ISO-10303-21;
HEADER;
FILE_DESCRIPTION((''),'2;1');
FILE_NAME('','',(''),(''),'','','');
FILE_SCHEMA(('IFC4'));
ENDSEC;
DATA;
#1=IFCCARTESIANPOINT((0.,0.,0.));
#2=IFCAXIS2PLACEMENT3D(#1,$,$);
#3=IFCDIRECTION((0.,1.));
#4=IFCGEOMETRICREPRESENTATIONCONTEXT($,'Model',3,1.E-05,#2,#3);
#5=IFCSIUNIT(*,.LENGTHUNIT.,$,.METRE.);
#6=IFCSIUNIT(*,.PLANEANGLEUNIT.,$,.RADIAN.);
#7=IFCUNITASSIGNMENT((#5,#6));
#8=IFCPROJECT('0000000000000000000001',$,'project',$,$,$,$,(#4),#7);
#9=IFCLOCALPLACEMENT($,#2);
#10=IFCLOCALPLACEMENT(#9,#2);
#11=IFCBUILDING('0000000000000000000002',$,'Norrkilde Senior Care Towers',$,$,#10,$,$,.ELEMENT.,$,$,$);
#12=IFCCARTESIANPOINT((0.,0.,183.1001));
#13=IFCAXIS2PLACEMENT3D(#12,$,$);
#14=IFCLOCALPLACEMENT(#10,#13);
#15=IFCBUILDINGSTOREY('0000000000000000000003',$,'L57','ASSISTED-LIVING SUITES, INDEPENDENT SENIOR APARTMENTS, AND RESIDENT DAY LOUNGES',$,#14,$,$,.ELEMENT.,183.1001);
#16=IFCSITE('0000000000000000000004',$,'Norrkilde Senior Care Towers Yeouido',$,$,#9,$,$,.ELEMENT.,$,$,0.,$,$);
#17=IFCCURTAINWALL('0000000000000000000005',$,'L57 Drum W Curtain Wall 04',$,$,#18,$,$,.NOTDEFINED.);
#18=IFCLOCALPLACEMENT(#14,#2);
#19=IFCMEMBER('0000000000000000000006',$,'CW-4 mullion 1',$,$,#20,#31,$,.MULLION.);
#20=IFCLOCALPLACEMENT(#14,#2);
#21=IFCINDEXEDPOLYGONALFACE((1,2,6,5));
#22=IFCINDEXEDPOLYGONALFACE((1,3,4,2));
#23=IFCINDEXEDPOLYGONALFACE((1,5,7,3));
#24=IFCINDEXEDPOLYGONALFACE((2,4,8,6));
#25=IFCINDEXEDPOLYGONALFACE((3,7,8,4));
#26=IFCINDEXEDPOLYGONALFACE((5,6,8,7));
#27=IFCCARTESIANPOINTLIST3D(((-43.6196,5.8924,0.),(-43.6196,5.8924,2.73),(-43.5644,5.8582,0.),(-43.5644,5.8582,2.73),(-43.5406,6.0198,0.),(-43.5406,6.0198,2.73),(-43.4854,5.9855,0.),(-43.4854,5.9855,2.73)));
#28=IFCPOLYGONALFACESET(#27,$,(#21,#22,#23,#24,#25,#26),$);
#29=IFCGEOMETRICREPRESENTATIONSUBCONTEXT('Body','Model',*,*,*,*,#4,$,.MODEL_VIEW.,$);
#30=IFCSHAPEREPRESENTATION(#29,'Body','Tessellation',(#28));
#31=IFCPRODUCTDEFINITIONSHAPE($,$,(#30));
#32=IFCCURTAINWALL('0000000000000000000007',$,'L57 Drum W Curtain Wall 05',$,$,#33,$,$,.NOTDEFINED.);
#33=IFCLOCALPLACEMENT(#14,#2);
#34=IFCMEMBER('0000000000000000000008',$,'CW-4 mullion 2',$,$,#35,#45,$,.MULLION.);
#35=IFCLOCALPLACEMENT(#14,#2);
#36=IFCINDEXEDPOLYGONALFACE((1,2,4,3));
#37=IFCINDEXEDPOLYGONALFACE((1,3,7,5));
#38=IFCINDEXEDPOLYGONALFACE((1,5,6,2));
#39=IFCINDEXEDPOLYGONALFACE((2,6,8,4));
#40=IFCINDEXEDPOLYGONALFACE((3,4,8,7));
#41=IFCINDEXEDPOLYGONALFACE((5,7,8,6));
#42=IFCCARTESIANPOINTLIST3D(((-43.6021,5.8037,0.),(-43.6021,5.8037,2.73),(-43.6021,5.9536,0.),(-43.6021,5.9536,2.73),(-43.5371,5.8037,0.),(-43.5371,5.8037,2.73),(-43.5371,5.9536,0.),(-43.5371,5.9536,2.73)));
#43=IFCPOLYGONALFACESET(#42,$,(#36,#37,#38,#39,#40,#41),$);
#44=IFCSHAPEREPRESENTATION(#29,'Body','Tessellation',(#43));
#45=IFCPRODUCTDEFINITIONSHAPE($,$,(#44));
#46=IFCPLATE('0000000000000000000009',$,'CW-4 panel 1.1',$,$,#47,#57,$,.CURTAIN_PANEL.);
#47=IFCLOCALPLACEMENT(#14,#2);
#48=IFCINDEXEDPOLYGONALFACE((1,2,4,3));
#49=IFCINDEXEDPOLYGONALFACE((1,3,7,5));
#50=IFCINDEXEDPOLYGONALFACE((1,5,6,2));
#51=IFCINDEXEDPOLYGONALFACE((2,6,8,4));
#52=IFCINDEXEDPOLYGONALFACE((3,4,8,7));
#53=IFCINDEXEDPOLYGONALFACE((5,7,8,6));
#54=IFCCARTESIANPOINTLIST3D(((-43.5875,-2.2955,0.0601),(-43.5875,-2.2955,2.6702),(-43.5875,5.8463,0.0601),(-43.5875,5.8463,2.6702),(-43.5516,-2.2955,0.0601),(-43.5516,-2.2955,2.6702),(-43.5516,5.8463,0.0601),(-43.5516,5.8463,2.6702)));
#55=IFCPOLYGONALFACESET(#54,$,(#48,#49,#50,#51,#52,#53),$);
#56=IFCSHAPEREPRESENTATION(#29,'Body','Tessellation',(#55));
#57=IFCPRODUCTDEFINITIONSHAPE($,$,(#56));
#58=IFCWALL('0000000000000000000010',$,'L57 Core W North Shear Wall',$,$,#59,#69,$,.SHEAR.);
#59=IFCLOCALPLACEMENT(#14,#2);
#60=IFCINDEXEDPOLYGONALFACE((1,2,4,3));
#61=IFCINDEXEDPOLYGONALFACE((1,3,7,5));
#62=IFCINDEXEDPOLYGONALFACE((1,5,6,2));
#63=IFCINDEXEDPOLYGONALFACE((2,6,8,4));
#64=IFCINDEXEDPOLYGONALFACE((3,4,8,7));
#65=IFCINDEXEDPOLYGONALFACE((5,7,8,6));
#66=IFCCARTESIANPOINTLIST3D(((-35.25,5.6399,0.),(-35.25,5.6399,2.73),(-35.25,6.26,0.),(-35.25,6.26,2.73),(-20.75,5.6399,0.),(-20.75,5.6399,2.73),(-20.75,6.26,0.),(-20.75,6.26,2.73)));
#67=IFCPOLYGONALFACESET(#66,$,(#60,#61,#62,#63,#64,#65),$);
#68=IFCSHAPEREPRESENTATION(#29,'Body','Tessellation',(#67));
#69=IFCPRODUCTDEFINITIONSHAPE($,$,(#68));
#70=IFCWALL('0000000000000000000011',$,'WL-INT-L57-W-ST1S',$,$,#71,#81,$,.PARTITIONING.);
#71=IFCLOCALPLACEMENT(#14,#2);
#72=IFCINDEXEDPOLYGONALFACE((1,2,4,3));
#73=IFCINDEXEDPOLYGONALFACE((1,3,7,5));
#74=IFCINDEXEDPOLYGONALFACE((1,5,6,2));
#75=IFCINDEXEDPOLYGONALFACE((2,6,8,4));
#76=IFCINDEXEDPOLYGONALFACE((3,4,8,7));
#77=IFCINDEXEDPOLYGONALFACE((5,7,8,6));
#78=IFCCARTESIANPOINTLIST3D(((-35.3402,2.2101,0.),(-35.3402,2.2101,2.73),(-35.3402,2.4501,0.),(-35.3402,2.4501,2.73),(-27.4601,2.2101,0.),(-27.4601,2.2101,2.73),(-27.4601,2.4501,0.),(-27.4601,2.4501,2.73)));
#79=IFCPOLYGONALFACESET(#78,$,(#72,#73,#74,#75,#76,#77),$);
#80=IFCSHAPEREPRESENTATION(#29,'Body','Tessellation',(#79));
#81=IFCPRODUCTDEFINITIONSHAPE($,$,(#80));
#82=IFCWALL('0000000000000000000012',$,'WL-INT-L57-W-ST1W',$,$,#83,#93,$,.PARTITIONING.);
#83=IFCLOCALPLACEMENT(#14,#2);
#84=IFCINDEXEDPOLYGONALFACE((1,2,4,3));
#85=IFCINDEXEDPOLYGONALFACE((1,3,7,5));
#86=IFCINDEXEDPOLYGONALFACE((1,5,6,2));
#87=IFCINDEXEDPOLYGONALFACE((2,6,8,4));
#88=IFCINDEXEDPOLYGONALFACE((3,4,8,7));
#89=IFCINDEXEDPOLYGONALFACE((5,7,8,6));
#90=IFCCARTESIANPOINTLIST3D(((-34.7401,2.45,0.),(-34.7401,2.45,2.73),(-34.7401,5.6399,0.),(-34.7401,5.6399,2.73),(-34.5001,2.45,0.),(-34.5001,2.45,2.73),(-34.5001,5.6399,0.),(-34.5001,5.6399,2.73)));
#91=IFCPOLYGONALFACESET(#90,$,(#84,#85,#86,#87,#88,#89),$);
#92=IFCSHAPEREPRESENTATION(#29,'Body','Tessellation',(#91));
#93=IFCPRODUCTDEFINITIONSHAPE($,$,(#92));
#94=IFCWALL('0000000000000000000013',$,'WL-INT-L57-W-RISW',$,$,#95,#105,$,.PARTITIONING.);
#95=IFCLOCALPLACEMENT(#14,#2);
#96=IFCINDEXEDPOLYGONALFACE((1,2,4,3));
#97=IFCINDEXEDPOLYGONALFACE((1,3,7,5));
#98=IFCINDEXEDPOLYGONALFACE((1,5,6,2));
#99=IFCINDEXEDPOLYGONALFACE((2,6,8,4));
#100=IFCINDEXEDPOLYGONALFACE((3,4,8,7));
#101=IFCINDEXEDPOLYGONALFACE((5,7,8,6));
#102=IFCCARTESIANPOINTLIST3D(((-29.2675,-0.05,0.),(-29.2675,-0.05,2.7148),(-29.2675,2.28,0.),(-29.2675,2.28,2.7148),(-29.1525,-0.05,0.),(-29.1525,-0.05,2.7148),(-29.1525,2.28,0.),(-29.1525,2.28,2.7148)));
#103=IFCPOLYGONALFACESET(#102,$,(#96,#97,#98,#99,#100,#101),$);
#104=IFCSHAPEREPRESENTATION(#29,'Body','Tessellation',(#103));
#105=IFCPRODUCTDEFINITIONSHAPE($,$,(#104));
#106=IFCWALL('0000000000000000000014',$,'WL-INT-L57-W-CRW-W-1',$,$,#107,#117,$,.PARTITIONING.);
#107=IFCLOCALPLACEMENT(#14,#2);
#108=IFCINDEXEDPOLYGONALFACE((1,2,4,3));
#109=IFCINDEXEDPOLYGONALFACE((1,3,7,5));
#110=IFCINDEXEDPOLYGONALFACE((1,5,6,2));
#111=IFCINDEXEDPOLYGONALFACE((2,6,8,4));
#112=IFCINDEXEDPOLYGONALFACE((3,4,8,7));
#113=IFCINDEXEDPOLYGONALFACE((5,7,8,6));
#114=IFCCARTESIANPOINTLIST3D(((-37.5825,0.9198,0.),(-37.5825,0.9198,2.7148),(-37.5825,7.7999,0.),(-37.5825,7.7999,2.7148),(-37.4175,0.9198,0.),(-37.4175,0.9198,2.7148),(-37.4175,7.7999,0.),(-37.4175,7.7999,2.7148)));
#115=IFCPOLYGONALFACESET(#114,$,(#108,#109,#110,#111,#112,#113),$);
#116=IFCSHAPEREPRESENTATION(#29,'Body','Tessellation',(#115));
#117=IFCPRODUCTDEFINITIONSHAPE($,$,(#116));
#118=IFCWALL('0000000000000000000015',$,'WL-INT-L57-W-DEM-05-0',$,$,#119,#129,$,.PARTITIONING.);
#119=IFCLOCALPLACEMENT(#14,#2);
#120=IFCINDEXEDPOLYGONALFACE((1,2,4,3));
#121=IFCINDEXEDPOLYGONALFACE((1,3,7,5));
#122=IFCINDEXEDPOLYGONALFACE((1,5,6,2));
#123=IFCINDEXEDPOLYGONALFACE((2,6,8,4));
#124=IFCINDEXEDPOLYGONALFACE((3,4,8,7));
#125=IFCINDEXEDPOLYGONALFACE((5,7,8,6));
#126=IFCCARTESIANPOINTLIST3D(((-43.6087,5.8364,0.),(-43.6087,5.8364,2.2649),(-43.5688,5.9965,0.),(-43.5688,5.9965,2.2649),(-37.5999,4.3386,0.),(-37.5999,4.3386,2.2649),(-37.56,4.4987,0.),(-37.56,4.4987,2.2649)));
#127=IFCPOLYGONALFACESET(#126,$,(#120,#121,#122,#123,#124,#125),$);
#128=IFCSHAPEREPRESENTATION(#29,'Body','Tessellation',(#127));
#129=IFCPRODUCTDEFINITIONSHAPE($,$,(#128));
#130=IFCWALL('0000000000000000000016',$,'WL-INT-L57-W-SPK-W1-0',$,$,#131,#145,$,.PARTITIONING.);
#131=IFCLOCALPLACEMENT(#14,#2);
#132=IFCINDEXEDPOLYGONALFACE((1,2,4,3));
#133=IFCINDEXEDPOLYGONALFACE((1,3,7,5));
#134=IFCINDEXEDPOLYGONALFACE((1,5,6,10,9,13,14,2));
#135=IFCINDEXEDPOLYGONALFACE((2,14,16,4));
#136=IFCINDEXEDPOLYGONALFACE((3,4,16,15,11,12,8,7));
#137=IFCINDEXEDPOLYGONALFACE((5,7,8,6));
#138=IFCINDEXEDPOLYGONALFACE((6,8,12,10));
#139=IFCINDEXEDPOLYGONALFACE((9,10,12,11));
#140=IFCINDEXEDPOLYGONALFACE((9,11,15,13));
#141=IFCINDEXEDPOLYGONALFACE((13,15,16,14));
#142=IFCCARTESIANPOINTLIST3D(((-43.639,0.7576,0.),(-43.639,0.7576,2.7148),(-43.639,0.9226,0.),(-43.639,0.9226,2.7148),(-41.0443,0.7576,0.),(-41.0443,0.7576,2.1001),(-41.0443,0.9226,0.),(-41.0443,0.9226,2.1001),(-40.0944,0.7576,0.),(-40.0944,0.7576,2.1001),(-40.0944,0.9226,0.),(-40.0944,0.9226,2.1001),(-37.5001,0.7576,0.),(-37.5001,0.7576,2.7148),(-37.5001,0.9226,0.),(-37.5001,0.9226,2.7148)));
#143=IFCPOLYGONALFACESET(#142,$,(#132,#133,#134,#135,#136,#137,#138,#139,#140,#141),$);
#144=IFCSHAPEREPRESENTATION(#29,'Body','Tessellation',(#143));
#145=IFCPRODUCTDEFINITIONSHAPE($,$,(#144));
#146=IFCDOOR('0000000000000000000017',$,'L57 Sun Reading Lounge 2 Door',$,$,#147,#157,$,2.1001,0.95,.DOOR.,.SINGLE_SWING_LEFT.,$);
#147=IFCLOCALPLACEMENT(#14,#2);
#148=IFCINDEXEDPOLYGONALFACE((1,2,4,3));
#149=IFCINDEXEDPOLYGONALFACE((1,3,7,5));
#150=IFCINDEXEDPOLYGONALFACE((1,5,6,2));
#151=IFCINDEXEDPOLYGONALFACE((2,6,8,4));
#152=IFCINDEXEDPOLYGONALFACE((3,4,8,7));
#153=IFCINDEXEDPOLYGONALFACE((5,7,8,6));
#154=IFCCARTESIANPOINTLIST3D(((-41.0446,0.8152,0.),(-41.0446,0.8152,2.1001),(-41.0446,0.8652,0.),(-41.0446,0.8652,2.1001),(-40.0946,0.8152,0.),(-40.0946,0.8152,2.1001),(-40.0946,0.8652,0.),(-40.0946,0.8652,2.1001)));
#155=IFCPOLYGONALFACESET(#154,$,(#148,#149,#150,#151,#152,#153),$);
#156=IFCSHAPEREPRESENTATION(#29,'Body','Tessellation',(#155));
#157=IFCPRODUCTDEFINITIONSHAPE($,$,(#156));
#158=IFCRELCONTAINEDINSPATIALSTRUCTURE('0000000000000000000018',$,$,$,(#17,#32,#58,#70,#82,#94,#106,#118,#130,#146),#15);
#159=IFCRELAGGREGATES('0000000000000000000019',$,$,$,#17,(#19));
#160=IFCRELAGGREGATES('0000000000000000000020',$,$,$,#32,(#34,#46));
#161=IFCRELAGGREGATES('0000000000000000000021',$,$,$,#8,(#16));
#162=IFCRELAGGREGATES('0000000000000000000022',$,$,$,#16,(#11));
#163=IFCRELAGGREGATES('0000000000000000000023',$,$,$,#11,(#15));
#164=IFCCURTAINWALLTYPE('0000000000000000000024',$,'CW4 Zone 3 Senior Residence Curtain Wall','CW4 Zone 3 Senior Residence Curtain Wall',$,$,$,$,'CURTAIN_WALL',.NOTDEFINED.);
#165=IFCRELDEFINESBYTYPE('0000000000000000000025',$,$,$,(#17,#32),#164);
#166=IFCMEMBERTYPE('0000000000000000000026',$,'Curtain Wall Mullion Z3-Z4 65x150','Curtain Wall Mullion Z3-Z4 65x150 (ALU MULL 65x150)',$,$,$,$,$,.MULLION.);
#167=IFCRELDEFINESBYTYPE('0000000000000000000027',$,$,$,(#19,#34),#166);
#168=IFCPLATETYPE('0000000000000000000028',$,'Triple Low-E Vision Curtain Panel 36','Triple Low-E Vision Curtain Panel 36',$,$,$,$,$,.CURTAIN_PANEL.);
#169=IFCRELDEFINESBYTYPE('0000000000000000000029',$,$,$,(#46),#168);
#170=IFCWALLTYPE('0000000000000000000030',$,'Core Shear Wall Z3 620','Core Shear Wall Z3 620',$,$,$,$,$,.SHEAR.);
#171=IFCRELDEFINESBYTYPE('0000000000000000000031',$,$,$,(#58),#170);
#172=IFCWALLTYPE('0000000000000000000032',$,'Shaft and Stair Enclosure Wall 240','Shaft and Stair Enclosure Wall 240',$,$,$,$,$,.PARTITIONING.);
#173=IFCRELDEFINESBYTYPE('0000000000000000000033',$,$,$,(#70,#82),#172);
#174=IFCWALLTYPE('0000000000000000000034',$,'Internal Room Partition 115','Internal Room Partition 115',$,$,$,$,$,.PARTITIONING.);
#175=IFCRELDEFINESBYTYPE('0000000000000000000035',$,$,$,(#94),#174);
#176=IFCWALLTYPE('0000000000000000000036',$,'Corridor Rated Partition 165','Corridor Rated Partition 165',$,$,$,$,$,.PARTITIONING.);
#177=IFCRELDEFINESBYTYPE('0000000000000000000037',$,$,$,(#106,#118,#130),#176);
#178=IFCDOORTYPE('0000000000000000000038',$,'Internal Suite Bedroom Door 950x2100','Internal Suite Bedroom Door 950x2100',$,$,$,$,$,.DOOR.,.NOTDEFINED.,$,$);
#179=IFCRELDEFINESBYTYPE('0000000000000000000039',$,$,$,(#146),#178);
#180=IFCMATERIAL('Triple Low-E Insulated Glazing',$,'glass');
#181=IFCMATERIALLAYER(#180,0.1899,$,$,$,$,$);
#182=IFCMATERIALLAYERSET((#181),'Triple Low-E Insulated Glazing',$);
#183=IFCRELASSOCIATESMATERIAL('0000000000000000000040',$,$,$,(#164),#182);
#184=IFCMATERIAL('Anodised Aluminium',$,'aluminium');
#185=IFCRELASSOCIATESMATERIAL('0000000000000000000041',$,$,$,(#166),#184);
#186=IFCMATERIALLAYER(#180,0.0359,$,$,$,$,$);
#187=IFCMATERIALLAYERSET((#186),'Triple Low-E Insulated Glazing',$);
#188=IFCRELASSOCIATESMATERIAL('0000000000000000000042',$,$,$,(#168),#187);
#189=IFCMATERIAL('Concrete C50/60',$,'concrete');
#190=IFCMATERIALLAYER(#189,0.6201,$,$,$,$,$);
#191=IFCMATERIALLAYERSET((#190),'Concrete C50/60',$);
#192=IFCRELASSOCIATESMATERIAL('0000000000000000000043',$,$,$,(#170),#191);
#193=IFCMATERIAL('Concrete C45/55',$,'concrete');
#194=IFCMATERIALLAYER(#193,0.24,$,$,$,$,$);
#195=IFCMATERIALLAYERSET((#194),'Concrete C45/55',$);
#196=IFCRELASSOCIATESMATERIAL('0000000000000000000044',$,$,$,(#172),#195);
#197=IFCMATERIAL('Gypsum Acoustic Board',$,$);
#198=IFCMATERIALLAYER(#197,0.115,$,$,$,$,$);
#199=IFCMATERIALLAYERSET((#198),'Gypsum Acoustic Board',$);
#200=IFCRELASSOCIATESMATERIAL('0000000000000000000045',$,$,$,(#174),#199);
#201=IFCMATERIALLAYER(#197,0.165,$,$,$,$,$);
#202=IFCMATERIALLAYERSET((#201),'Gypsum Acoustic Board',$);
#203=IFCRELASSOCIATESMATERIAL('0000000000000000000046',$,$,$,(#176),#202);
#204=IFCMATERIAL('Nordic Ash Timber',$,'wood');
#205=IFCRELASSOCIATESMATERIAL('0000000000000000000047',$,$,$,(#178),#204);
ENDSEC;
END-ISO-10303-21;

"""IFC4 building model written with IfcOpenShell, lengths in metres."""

from ifc_helpers import new_model, si_unit, direction, frame, frame_2d, origin, origin_2d, place, context, subcontext, project, spatial, rectangle, extrude, source, transform, mapped, material, layer, layer_set, material_profile, profile_set, type_object, type_shapes, element, fill, aggregate, save


model = new_model("IFC4")

# Units and contexts
model_context = context("Model", 3, precision=1e-05, world=origin(), true_north=direction((0.0, 1.0)))
body_context = subcontext(model_context, "Body", "Model", "MODEL_VIEW")
ifc_project = project(units=[si_unit("LENGTHUNIT", "METRE"), si_unit("PLANEANGLEUNIT", "RADIAN")], contexts=[model_context])

# Site, building, storey
site_placement = place(None, origin())
site = spatial("IfcSite", under=ifc_project, at=site_placement, Name="Norrkilde Senior Care Towers Yeouido", CompositionType="ELEMENT", RefElevation=0.0)
building_placement = place(site_placement, origin())
building = spatial("IfcBuilding", under=site, at=building_placement, Name="Norrkilde Senior Care Towers", CompositionType="ELEMENT")
storey_placement = place(building_placement, frame((0.0, 0.0, 183.1001)))
storey = spatial("IfcBuildingStorey", under=building, at=storey_placement, Name="L57", Description="ASSISTED-LIVING SUITES, INDEPENDENT SENIOR APARTMENTS, AND RESIDENT DAY LOUNGES", CompositionType="ELEMENT", Elevation=183.1001)

# Shared definitions
ifc_material_1 = material(Name="Concrete C50/60", Category="concrete")

# Curtain wall, member
ifc_material_2 = material(Name="Triple Low-E Insulated Glazing", Category="glass")
ifc_layer_1 = layer(ifc_material_2, 0.1899)
ifc_layer_set_1 = layer_set([ifc_layer_1], Name="Triple Low-E Insulated Glazing")
curtain_wall_type = type_object("IfcCurtainWallType", Name="CW4 Zone 3 Senior Residence Curtain Wall", Description="CW4 Zone 3 Senior Residence Curtain Wall", ElementType="CURTAIN_WALL", PredefinedType="NOTDEFINED", material=ifc_layer_set_1)
curtain_wall_1_placement = place(storey_placement, origin())
curtain_wall_1 = element("IfcCurtainWall", 1, at=curtain_wall_1_placement, inside=storey, type_object=curtain_wall_type, Name="L57 Drum W Curtain Wall 04", PredefinedType="NOTDEFINED")
ifc_material_3 = material(Name="Anodised Aluminium", Category="aluminium")
ifc_material_profile_1 = material_profile(ifc_material_3, rectangle(XDim=0.0649, YDim=0.1499, at=origin_2d()), Name="ALU MULL 65x150")
ifc_profile_set_1 = profile_set([ifc_material_profile_1], Name="Anodised Aluminium")
member_type = type_object("IfcMemberType", Name="Curtain Wall Mullion Z3-Z4 65x150", Description="Curtain Wall Mullion Z3-Z4 65x150 (ALU MULL 65x150)", PredefinedType="MULLION", material=ifc_profile_set_1)
shared_shape_1 = source(origin(), body_context, "Body", "SweptSolid", [
    extrude(rectangle(XDim=0.0649, YDim=0.1499, at=origin_2d()), origin(), (0.0, 0.0, 1.0), 2.73),
])
type_shapes(member_type, [shared_shape_1])
member_1_placement = place(storey_placement, frame((-43.5525, 5.939, 0.0), z_axis=(0.0, 0.0, 1.0), x_axis=(-0.849634, 0.527373, 0.0)))
member_1 = element("IfcMember", 2, at=member_1_placement, type_object=member_type, Name="CW-4 mullion 1", PredefinedType="MULLION", context=body_context, shape_type="MappedRepresentation", body=[
    mapped(shared_shape_1, transform((0.0, 0.0, 0.0), x_axis=(1.0, 0.0, 0.0), y_axis=(0.0, 1.0, 0.0), z_axis=(0.0, 0.0, 1.0), scale=1.0)),
])
aggregate(curtain_wall_1, [member_1])

# Curtain wall, member, plate
curtain_wall_2_placement = place(storey_placement, origin())
curtain_wall_2 = element("IfcCurtainWall", 3, at=curtain_wall_2_placement, inside=storey, type_object=curtain_wall_type, Name="L57 Drum W Curtain Wall 05", PredefinedType="NOTDEFINED")
member_2_placement = place(storey_placement, frame((-43.5696, 5.8787, 0.0), z_axis=(0.0, 0.0, 1.0), x_axis=(-1.0, 0.0, 0.0)))
member_2 = element("IfcMember", 4, at=member_2_placement, type_object=member_type, Name="CW-4 mullion 2", PredefinedType="MULLION", context=body_context, shape_type="MappedRepresentation", body=[
    mapped(shared_shape_1, transform((0.0, 0.0, 0.0), x_axis=(1.0, 0.0, 0.0), y_axis=(0.0, 1.0, 0.0), z_axis=(0.0, 0.0, 1.0), scale=1.0)),
])
ifc_layer_2 = layer(ifc_material_2, 0.0359)
ifc_layer_set_2 = layer_set([ifc_layer_2], Name="Triple Low-E Insulated Glazing")
plate_type = type_object("IfcPlateType", Name="Triple Low-E Vision Curtain Panel 36", Description="Triple Low-E Vision Curtain Panel 36", PredefinedType="CURTAIN_PANEL", material=ifc_layer_set_2)
shared_shape_2 = source(origin(), body_context, "Body", "SweptSolid", [
    extrude(rectangle(XDim=8.1418, YDim=0.0359, at=origin_2d()), origin(), (0.0, 0.0, 1.0), 2.6101),
])
type_shapes(plate_type, [shared_shape_2])
plate_placement = place(storey_placement, frame((-43.5696, 1.7754, 0.0601), z_axis=(0.0, 0.0, 1.0), x_axis=(0.0, 1.0, 0.0)))
plate = element("IfcPlate", 5, at=plate_placement, type_object=plate_type, Name="CW-4 panel 1.1", PredefinedType="CURTAIN_PANEL", context=body_context, shape_type="MappedRepresentation", body=[
    mapped(shared_shape_2, transform((0.0, 0.0, 0.0), x_axis=(1.0, 0.0, 0.0), y_axis=(0.0, 1.0, 0.0), z_axis=(0.0, 0.0, 1.0), scale=1.0)),
])
aggregate(curtain_wall_2, [member_2, plate])

# Walls
ifc_layer_3 = layer(ifc_material_1, 0.6201)
ifc_layer_set_3 = layer_set([ifc_layer_3], Name="Concrete C50/60")
wall_type_1 = type_object("IfcWallType", Name="Core Shear Wall Z3 620", Description="Core Shear Wall Z3 620", PredefinedType="SHEAR", material=ifc_layer_set_3)
shared_shape_3 = source(origin(), body_context, "Body", "SweptSolid", [
    extrude(rectangle(XDim=14.5, YDim=0.6201, at=frame_2d((7.25, 0.0))), origin(), (0.0, 0.0, 1.0), 2.73),
])
type_shapes(wall_type_1, [shared_shape_3])
wall_1_placement = place(storey_placement, frame((-35.25, 5.95, 0.0), z_axis=(0.0, 0.0, 1.0), x_axis=(1.0, 0.0, 0.0)))
element("IfcWall", 6, at=wall_1_placement, inside=storey, type_object=wall_type_1, Name="L57 Core W North Shear Wall", PredefinedType="SHEAR", context=body_context, shape_type="MappedRepresentation", body=[
    mapped(shared_shape_3, transform((0.0, 0.0, 0.0), x_axis=(1.0, 0.0, 0.0), y_axis=(0.0, 1.0, 0.0), z_axis=(0.0, 0.0, 1.0), scale=1.0)),
])
ifc_material_4 = material(Name="Concrete C45/55", Category="concrete")
ifc_layer_4 = layer(ifc_material_4, 0.24)
ifc_layer_set_4 = layer_set([ifc_layer_4], Name="Concrete C45/55")
wall_type_2 = type_object("IfcWallType", Name="Shaft and Stair Enclosure Wall 240", Description="Shaft and Stair Enclosure Wall 240", PredefinedType="PARTITIONING", material=ifc_layer_set_4)
shared_shape_4 = source(origin(), body_context, "Body", "SweptSolid", [
    extrude(rectangle(XDim=7.8801, YDim=0.24, at=frame_2d((3.9399, 0.0))), origin(), (0.0, 0.0, 1.0), 2.73),
])
wall_2_placement = place(storey_placement, frame((-35.3401, 2.3301, 0.0), z_axis=(0.0, 0.0, 1.0), x_axis=(1.0, 0.0, 0.0)))
element("IfcWall", 7, at=wall_2_placement, inside=storey, type_object=wall_type_2, Name="WL-INT-L57-W-ST1S", PredefinedType="PARTITIONING", context=body_context, shape_type="MappedRepresentation", body=[
    mapped(shared_shape_4, transform((0.0, 0.0, 0.0), x_axis=(1.0, 0.0, 0.0), y_axis=(0.0, 1.0, 0.0), z_axis=(0.0, 0.0, 1.0), scale=1.0)),
])
shared_shape_5 = source(origin(), body_context, "Body", "SweptSolid", [
    extrude(rectangle(XDim=3.1899, YDim=0.24, at=frame_2d((1.595, 0.0))), origin(), (0.0, 0.0, 1.0), 2.73),
])
type_shapes(wall_type_2, [shared_shape_4, shared_shape_5])
wall_3_placement = place(storey_placement, frame((-34.6201, 2.45, 0.0), z_axis=(0.0, 0.0, 1.0), x_axis=(0.0, 1.0, 0.0)))
element("IfcWall", 8, at=wall_3_placement, inside=storey, type_object=wall_type_2, Name="WL-INT-L57-W-ST1W", PredefinedType="PARTITIONING", context=body_context, shape_type="MappedRepresentation", body=[
    mapped(shared_shape_5, transform((0.0, 0.0, 0.0), x_axis=(1.0, 0.0, 0.0), y_axis=(0.0, 1.0, 0.0), z_axis=(0.0, 0.0, 1.0), scale=1.0)),
])
ifc_material_5 = material(Name="Gypsum Acoustic Board")
ifc_layer_5 = layer(ifc_material_5, 0.115)
ifc_layer_set_5 = layer_set([ifc_layer_5], Name="Gypsum Acoustic Board")
wall_type_3 = type_object("IfcWallType", Name="Internal Room Partition 115", Description="Internal Room Partition 115", PredefinedType="PARTITIONING", material=ifc_layer_set_5)
shared_shape_6 = source(origin(), body_context, "Body", "SweptSolid", [
    extrude(rectangle(XDim=2.3301, YDim=0.115, at=frame_2d((1.165, 0.0))), origin(), (0.0, 0.0, 1.0), 2.7148),
])
type_shapes(wall_type_3, [shared_shape_6])
wall_4_placement = place(storey_placement, frame((-29.21, -0.05, 0.0), z_axis=(0.0, 0.0, 1.0), x_axis=(0.0, 1.0, 0.0)))
element("IfcWall", 9, at=wall_4_placement, inside=storey, type_object=wall_type_3, Name="WL-INT-L57-W-RISW", PredefinedType="PARTITIONING", context=body_context, shape_type="MappedRepresentation", body=[
    mapped(shared_shape_6, transform((0.0, 0.0, 0.0), x_axis=(1.0, 0.0, 0.0), y_axis=(0.0, 1.0, 0.0), z_axis=(0.0, 0.0, 1.0), scale=1.0)),
])
ifc_layer_6 = layer(ifc_material_5, 0.165)
ifc_layer_set_6 = layer_set([ifc_layer_6], Name="Gypsum Acoustic Board")
wall_type_4 = type_object("IfcWallType", Name="Corridor Rated Partition 165", Description="Corridor Rated Partition 165", PredefinedType="PARTITIONING", material=ifc_layer_set_6)
shared_shape_7 = source(origin(), body_context, "Body", "SweptSolid", [
    extrude(rectangle(XDim=6.8801, YDim=0.165, at=frame_2d((3.4399, 0.0))), origin(), (0.0, 0.0, 1.0), 2.7148),
])
wall_5_placement = place(storey_placement, frame((-37.5, 0.9199, 0.0), z_axis=(0.0, 0.0, 1.0), x_axis=(0.0, 1.0, 0.0)))
element("IfcWall", 10, at=wall_5_placement, inside=storey, type_object=wall_type_4, Name="WL-INT-L57-W-CRW-W-1", PredefinedType="PARTITIONING", context=body_context, shape_type="MappedRepresentation", body=[
    mapped(shared_shape_7, transform((0.0, 0.0, 0.0), x_axis=(1.0, 0.0, 0.0), y_axis=(0.0, 1.0, 0.0), z_axis=(0.0, 0.0, 1.0), scale=1.0)),
])
shared_shape_8 = source(origin(), body_context, "Body", "SweptSolid", [
    extrude(rectangle(XDim=6.1926, YDim=0.165, at=frame_2d((3.0962, 0.0))), origin(), (0.0, 0.0, 1.0), 2.2649),
])
wall_6_placement = place(storey_placement, frame((-37.5801, 4.4187, 0.0), z_axis=(0.0, 0.0, 1.0), x_axis=(-0.970309, 0.241868, 0.0)))
element("IfcWall", 11, at=wall_6_placement, inside=storey, type_object=wall_type_4, Name="WL-INT-L57-W-DEM-05-0", PredefinedType="PARTITIONING", context=body_context, shape_type="MappedRepresentation", body=[
    mapped(shared_shape_8, transform((0.0, 0.0, 0.0), x_axis=(1.0, 0.0, 0.0), y_axis=(0.0, 1.0, 0.0), z_axis=(0.0, 0.0, 1.0), scale=1.0)),
])

# Wall, opening, door
shared_shape_9 = source(origin(), body_context, "Body", "SweptSolid", [
    extrude(rectangle(XDim=6.1389, YDim=0.165, at=frame_2d((3.0693, 0.0))), origin(), (0.0, 0.0, 1.0), 2.7148),
])
type_shapes(wall_type_4, [shared_shape_7, shared_shape_8, shared_shape_9])
wall_7_placement = place(storey_placement, frame((-43.6389, 0.8401, 0.0), z_axis=(0.0, 0.0, 1.0), x_axis=(1.0, 0.0, 0.0)))
wall_7 = element("IfcWall", 12, at=wall_7_placement, inside=storey, type_object=wall_type_4, Name="WL-INT-L57-W-SPK-W1-0", PredefinedType="PARTITIONING", context=body_context, shape_type="MappedRepresentation", body=[
    mapped(shared_shape_9, transform((0.0, 0.0, 0.0), x_axis=(1.0, 0.0, 0.0), y_axis=(0.0, 1.0, 0.0), z_axis=(0.0, 0.0, 1.0), scale=1.0)),
])
opening_placement = place(wall_7_placement, frame((2.5945, 0.0, 0.0)))
opening = element("IfcOpeningElement", 13, at=opening_placement, cuts=wall_7, PredefinedType="OPENING", context=body_context, shape_type="SweptSolid", body=[
    extrude(rectangle(XDim=0.95, YDim=2.1001, at=frame_2d((0.4751, 1.05))), frame((0.0, 0.0925, 0.0), z_axis=(0.0, -1.0, 0.0), x_axis=(1.0, 0.0, 0.0)), (0.0, 0.0, 1.0), 0.1851),
])
ifc_material_6 = material(Name="Nordic Ash Timber", Category="wood")
door_type = type_object("IfcDoorType", Name="Internal Suite Bedroom Door 950x2100", Description="Internal Suite Bedroom Door 950x2100", OperationType="NOTDEFINED", PredefinedType="DOOR", material=ifc_material_6)
shared_shape_10 = source(origin(), body_context, "Body", "SweptSolid", [
    extrude(rectangle(XDim=0.95, YDim=2.1001, at=frame_2d((0.4751, 1.05))), frame((0.0, 0.0249, 0.0), z_axis=(0.0, -1.0, 0.0), x_axis=(1.0, 0.0, 0.0)), (0.0, 0.0, 1.0), 0.05),
])
type_shapes(door_type, [shared_shape_10])
door_placement = place(opening_placement, frame((0.95, 0.0, 0.0), z_axis=(0.0, 0.0, 1.0), x_axis=(-1.0, 0.0, 0.0)))
door = element("IfcDoor", 14, at=door_placement, inside=storey, type_object=door_type, Name="L57 Sun Reading Lounge 2 Door", OperationType="SINGLE_SWING_LEFT", OverallHeight=2.1001, OverallWidth=0.95, PredefinedType="DOOR", context=body_context, shape_type="MappedRepresentation", body=[
    mapped(shared_shape_10, transform((0.0, 0.0, 0.0), x_axis=(1.0, 0.0, 0.0), y_axis=(0.0, 1.0, 0.0), z_axis=(0.0, 0.0, 1.0), scale=1.0)),
])
fill(opening, door)

save(model, "model.ifc")
